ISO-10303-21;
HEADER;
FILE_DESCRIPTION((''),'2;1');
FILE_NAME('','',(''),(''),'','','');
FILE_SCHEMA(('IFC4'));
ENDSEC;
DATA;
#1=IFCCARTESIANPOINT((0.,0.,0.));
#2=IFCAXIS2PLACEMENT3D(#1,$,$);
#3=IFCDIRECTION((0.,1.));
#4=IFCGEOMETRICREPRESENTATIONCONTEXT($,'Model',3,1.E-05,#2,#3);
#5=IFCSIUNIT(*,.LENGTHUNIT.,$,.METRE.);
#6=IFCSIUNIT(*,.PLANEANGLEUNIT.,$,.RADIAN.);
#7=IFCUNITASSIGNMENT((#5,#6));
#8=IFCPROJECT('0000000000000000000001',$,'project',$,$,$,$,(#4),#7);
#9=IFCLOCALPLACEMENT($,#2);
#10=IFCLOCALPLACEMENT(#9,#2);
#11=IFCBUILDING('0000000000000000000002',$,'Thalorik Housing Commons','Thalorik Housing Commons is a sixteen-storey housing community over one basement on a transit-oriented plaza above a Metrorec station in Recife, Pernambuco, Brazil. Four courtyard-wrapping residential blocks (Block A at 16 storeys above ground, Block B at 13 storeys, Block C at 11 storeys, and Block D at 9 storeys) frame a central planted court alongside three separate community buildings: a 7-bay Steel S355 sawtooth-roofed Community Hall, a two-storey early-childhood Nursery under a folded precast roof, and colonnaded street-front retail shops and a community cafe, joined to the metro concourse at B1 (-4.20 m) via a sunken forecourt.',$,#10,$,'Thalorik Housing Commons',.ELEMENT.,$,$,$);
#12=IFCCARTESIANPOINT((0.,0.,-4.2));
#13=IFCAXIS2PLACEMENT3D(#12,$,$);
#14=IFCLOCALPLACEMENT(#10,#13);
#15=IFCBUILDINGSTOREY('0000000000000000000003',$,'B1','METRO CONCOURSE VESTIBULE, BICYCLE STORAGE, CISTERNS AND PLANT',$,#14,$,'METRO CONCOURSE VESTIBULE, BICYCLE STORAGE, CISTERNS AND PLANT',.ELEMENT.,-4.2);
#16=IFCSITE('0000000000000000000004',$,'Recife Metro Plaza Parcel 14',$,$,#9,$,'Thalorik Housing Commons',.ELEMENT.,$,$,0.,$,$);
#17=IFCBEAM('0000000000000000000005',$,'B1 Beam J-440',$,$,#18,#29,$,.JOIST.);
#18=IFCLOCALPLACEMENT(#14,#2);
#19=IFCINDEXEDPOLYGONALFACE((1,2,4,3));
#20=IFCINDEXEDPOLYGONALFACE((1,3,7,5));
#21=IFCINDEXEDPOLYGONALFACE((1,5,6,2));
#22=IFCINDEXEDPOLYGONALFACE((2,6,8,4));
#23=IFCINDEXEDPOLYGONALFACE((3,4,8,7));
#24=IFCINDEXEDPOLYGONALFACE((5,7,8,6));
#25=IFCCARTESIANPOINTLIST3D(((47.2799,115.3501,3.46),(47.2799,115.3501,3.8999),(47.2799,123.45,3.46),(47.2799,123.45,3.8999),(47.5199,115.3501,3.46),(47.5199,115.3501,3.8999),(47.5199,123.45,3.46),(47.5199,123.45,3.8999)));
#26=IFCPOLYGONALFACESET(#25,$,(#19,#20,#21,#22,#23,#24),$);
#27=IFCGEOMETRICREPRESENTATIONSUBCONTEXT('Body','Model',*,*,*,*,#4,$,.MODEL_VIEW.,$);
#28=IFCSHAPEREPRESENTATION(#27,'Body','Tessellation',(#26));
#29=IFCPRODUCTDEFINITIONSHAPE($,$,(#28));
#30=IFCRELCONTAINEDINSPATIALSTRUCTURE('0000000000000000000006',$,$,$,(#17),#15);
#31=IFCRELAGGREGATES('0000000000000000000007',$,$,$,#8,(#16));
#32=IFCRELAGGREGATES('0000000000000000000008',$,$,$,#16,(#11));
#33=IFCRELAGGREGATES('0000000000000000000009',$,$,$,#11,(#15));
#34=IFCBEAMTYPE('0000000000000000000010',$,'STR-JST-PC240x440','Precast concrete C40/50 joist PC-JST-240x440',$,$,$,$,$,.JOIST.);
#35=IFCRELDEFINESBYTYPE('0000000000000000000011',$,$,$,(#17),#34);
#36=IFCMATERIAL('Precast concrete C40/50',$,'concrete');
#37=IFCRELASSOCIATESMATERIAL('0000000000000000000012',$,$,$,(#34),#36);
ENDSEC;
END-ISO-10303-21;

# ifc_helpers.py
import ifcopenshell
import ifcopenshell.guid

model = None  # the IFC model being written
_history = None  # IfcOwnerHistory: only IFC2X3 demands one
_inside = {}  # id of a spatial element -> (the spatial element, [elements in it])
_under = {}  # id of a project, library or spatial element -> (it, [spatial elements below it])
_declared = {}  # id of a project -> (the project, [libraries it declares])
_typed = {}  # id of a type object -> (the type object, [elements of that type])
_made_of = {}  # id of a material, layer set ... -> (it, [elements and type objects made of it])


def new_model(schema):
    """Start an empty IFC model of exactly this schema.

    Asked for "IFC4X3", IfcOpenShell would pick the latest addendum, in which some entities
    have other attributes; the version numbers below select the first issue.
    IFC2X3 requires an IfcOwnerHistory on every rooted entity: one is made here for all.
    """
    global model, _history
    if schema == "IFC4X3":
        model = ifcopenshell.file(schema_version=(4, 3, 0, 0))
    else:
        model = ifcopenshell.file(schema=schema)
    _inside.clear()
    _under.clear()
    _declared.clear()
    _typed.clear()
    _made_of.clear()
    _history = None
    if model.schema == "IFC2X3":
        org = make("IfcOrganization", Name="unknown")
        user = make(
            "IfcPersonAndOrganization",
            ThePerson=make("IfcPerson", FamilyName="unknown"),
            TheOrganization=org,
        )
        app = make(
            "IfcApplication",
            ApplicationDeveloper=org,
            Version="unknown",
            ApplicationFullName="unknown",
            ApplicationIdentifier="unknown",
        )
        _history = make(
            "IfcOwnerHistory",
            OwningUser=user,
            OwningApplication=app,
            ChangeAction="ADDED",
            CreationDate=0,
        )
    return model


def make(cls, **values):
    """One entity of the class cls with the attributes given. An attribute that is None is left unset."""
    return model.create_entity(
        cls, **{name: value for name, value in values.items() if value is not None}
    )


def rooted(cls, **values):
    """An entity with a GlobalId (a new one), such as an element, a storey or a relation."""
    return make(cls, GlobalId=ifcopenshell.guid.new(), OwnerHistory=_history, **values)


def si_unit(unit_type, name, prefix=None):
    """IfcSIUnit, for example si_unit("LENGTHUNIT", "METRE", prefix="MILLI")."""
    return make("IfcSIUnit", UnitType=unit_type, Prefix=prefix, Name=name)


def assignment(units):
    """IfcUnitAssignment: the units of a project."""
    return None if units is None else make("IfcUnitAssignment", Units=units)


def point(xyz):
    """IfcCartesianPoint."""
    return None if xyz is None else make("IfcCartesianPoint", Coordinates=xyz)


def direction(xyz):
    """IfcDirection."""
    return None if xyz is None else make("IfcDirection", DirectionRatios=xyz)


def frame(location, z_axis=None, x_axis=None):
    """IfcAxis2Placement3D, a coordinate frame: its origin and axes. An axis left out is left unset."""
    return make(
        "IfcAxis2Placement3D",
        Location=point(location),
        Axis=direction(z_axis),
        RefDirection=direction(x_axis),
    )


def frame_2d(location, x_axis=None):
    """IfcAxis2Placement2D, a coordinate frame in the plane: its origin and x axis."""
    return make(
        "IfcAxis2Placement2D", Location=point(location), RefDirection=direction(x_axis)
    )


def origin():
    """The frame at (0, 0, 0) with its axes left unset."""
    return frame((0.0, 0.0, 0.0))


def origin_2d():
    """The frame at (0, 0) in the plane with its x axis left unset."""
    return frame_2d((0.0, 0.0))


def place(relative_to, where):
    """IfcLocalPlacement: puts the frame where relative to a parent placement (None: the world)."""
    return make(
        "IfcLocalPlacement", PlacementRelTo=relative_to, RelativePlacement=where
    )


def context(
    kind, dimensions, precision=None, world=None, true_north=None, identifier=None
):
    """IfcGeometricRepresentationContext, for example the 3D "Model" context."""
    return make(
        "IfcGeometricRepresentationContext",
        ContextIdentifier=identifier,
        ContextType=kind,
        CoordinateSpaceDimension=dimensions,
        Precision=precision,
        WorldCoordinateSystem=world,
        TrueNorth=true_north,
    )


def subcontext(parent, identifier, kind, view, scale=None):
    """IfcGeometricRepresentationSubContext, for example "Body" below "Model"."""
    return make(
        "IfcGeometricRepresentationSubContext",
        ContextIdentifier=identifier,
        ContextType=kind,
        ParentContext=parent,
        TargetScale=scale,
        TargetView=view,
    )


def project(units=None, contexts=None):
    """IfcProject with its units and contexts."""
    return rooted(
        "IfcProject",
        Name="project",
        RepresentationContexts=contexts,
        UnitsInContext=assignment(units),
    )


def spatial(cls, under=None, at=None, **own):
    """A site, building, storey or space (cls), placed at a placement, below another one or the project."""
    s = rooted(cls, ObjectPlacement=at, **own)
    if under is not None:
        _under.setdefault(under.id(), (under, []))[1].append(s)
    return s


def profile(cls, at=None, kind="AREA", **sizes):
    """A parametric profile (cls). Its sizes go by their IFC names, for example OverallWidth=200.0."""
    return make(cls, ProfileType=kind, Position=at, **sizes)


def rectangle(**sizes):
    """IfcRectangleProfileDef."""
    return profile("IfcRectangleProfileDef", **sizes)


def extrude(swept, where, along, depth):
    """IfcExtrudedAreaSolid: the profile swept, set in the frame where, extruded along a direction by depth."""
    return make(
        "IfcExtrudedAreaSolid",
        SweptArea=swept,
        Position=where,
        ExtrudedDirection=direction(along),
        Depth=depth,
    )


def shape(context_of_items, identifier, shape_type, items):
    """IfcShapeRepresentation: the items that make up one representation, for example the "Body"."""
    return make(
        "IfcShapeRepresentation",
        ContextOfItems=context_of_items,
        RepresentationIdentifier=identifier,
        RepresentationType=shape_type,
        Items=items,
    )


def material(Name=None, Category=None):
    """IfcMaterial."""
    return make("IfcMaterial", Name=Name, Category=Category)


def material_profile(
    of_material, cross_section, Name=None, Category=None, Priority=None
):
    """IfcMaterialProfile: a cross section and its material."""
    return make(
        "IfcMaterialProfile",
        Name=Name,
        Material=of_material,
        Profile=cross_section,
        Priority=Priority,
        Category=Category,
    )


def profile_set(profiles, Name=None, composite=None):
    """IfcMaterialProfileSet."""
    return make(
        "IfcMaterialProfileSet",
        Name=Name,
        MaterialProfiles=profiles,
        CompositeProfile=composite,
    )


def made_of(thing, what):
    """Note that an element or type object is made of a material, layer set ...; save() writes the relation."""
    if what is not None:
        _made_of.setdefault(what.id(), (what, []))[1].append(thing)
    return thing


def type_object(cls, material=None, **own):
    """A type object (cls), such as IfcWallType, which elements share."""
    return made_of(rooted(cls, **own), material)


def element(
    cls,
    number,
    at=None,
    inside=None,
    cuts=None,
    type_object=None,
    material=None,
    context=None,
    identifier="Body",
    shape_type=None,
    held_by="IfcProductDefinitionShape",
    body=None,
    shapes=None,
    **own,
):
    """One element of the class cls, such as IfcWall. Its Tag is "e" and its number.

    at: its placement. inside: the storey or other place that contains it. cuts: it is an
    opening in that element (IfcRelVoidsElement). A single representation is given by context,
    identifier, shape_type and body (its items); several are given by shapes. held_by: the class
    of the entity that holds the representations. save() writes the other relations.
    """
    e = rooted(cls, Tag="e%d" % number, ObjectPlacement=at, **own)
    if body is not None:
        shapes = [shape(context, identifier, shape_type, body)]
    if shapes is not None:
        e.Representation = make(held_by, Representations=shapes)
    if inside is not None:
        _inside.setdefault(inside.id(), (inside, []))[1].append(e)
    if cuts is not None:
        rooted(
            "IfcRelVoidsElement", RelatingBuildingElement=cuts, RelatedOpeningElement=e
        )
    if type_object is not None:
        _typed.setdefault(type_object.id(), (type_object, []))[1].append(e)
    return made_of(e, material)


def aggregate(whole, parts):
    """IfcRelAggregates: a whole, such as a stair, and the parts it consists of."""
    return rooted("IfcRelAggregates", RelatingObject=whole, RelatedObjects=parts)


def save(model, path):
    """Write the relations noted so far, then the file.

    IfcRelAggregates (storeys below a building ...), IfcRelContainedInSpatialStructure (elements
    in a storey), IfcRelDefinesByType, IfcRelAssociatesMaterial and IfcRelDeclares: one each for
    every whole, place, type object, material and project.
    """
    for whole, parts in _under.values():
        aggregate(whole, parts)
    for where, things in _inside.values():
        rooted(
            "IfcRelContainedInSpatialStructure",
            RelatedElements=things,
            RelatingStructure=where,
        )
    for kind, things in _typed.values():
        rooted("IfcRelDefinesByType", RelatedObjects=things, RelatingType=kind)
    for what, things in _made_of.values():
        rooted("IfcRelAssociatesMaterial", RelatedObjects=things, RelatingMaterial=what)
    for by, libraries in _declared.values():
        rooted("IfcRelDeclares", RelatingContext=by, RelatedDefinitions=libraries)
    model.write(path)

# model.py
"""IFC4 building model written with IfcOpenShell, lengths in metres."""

from ifc_helpers import new_model, si_unit, direction, frame, origin, origin_2d, place, context, subcontext, project, spatial, rectangle, extrude, material, material_profile, profile_set, type_object, element, save


model = new_model("IFC4")

# Units and contexts
model_context = context("Model", 3, precision=1e-05, world=origin(), true_north=direction((0.0, 1.0)))
body_context = subcontext(model_context, "Body", "Model", "MODEL_VIEW")
ifc_project = project(units=[si_unit("LENGTHUNIT", "METRE"), si_unit("PLANEANGLEUNIT", "RADIAN")], contexts=[model_context])

# Site, building, storey
site_placement = place(None, origin())
site = spatial("IfcSite", under=ifc_project, at=site_placement, Name="Recife Metro Plaza Parcel 14", LongName="Thalorik Housing Commons", CompositionType="ELEMENT", RefElevation=0.0)
building_placement = place(site_placement, origin())
building = spatial("IfcBuilding", under=site, at=building_placement, Name="Thalorik Housing Commons", Description="Thalorik Housing Commons is a sixteen-storey housing community over one basement on a transit-oriented plaza above a Metrorec station in Recife, Pernambuco, Brazil. Four courtyard-wrapping residential blocks (Block A at 16 storeys above ground, Block B at 13 storeys, Block C at 11 storeys, and Block D at 9 storeys) frame a central planted court alongside three separate community buildings: a 7-bay Steel S355 sawtooth-roofed Community Hall, a two-storey early-childhood Nursery under a folded precast roof, and colonnaded street-front retail shops and a community cafe, joined to the metro concourse at B1 (-4.20 m) via a sunken forecourt.", LongName="Thalorik Housing Commons", CompositionType="ELEMENT")
storey_placement = place(building_placement, frame((0.0, 0.0, -4.2)))
storey = spatial("IfcBuildingStorey", under=building, at=storey_placement, Name="B1", Description="METRO CONCOURSE VESTIBULE, BICYCLE STORAGE, CISTERNS AND PLANT", LongName="METRO CONCOURSE VESTIBULE, BICYCLE STORAGE, CISTERNS AND PLANT", CompositionType="ELEMENT", Elevation=-4.2)

# Shared definitions
ifc_material_1 = material(Name="Precast concrete C40/50", Category="concrete")

# Beam
ifc_material_profile_1 = material_profile(ifc_material_1, rectangle(XDim=0.24, YDim=0.4399, at=origin_2d()), Name="PC JST 240x440", Category="concrete")
ifc_profile_set_1 = profile_set([ifc_material_profile_1], Name="Precast concrete C40/50")
beam_type_1 = type_object("IfcBeamType", Name="STR-JST-PC240x440", Description="Precast concrete C40/50 joist PC-JST-240x440", PredefinedType="JOIST", material=ifc_profile_set_1)
beam_1_placement = place(storey_placement, frame((47.3999, 115.3501, 3.6799), z_axis=(0.0, 1.0, 0.0), x_axis=(-1.0, 0.0, 0.0)))
element("IfcBeam", 1, at=beam_1_placement, inside=storey, type_object=beam_type_1, Name="B1 Beam J-440", PredefinedType="JOIST", context=body_context, shape_type="SweptSolid", body=[
    extrude(rectangle(XDim=0.24, YDim=0.4399, at=origin_2d()), origin(), (0.0, 0.0, 1.0), 8.0999),
])

save(model, "model.ifc")
